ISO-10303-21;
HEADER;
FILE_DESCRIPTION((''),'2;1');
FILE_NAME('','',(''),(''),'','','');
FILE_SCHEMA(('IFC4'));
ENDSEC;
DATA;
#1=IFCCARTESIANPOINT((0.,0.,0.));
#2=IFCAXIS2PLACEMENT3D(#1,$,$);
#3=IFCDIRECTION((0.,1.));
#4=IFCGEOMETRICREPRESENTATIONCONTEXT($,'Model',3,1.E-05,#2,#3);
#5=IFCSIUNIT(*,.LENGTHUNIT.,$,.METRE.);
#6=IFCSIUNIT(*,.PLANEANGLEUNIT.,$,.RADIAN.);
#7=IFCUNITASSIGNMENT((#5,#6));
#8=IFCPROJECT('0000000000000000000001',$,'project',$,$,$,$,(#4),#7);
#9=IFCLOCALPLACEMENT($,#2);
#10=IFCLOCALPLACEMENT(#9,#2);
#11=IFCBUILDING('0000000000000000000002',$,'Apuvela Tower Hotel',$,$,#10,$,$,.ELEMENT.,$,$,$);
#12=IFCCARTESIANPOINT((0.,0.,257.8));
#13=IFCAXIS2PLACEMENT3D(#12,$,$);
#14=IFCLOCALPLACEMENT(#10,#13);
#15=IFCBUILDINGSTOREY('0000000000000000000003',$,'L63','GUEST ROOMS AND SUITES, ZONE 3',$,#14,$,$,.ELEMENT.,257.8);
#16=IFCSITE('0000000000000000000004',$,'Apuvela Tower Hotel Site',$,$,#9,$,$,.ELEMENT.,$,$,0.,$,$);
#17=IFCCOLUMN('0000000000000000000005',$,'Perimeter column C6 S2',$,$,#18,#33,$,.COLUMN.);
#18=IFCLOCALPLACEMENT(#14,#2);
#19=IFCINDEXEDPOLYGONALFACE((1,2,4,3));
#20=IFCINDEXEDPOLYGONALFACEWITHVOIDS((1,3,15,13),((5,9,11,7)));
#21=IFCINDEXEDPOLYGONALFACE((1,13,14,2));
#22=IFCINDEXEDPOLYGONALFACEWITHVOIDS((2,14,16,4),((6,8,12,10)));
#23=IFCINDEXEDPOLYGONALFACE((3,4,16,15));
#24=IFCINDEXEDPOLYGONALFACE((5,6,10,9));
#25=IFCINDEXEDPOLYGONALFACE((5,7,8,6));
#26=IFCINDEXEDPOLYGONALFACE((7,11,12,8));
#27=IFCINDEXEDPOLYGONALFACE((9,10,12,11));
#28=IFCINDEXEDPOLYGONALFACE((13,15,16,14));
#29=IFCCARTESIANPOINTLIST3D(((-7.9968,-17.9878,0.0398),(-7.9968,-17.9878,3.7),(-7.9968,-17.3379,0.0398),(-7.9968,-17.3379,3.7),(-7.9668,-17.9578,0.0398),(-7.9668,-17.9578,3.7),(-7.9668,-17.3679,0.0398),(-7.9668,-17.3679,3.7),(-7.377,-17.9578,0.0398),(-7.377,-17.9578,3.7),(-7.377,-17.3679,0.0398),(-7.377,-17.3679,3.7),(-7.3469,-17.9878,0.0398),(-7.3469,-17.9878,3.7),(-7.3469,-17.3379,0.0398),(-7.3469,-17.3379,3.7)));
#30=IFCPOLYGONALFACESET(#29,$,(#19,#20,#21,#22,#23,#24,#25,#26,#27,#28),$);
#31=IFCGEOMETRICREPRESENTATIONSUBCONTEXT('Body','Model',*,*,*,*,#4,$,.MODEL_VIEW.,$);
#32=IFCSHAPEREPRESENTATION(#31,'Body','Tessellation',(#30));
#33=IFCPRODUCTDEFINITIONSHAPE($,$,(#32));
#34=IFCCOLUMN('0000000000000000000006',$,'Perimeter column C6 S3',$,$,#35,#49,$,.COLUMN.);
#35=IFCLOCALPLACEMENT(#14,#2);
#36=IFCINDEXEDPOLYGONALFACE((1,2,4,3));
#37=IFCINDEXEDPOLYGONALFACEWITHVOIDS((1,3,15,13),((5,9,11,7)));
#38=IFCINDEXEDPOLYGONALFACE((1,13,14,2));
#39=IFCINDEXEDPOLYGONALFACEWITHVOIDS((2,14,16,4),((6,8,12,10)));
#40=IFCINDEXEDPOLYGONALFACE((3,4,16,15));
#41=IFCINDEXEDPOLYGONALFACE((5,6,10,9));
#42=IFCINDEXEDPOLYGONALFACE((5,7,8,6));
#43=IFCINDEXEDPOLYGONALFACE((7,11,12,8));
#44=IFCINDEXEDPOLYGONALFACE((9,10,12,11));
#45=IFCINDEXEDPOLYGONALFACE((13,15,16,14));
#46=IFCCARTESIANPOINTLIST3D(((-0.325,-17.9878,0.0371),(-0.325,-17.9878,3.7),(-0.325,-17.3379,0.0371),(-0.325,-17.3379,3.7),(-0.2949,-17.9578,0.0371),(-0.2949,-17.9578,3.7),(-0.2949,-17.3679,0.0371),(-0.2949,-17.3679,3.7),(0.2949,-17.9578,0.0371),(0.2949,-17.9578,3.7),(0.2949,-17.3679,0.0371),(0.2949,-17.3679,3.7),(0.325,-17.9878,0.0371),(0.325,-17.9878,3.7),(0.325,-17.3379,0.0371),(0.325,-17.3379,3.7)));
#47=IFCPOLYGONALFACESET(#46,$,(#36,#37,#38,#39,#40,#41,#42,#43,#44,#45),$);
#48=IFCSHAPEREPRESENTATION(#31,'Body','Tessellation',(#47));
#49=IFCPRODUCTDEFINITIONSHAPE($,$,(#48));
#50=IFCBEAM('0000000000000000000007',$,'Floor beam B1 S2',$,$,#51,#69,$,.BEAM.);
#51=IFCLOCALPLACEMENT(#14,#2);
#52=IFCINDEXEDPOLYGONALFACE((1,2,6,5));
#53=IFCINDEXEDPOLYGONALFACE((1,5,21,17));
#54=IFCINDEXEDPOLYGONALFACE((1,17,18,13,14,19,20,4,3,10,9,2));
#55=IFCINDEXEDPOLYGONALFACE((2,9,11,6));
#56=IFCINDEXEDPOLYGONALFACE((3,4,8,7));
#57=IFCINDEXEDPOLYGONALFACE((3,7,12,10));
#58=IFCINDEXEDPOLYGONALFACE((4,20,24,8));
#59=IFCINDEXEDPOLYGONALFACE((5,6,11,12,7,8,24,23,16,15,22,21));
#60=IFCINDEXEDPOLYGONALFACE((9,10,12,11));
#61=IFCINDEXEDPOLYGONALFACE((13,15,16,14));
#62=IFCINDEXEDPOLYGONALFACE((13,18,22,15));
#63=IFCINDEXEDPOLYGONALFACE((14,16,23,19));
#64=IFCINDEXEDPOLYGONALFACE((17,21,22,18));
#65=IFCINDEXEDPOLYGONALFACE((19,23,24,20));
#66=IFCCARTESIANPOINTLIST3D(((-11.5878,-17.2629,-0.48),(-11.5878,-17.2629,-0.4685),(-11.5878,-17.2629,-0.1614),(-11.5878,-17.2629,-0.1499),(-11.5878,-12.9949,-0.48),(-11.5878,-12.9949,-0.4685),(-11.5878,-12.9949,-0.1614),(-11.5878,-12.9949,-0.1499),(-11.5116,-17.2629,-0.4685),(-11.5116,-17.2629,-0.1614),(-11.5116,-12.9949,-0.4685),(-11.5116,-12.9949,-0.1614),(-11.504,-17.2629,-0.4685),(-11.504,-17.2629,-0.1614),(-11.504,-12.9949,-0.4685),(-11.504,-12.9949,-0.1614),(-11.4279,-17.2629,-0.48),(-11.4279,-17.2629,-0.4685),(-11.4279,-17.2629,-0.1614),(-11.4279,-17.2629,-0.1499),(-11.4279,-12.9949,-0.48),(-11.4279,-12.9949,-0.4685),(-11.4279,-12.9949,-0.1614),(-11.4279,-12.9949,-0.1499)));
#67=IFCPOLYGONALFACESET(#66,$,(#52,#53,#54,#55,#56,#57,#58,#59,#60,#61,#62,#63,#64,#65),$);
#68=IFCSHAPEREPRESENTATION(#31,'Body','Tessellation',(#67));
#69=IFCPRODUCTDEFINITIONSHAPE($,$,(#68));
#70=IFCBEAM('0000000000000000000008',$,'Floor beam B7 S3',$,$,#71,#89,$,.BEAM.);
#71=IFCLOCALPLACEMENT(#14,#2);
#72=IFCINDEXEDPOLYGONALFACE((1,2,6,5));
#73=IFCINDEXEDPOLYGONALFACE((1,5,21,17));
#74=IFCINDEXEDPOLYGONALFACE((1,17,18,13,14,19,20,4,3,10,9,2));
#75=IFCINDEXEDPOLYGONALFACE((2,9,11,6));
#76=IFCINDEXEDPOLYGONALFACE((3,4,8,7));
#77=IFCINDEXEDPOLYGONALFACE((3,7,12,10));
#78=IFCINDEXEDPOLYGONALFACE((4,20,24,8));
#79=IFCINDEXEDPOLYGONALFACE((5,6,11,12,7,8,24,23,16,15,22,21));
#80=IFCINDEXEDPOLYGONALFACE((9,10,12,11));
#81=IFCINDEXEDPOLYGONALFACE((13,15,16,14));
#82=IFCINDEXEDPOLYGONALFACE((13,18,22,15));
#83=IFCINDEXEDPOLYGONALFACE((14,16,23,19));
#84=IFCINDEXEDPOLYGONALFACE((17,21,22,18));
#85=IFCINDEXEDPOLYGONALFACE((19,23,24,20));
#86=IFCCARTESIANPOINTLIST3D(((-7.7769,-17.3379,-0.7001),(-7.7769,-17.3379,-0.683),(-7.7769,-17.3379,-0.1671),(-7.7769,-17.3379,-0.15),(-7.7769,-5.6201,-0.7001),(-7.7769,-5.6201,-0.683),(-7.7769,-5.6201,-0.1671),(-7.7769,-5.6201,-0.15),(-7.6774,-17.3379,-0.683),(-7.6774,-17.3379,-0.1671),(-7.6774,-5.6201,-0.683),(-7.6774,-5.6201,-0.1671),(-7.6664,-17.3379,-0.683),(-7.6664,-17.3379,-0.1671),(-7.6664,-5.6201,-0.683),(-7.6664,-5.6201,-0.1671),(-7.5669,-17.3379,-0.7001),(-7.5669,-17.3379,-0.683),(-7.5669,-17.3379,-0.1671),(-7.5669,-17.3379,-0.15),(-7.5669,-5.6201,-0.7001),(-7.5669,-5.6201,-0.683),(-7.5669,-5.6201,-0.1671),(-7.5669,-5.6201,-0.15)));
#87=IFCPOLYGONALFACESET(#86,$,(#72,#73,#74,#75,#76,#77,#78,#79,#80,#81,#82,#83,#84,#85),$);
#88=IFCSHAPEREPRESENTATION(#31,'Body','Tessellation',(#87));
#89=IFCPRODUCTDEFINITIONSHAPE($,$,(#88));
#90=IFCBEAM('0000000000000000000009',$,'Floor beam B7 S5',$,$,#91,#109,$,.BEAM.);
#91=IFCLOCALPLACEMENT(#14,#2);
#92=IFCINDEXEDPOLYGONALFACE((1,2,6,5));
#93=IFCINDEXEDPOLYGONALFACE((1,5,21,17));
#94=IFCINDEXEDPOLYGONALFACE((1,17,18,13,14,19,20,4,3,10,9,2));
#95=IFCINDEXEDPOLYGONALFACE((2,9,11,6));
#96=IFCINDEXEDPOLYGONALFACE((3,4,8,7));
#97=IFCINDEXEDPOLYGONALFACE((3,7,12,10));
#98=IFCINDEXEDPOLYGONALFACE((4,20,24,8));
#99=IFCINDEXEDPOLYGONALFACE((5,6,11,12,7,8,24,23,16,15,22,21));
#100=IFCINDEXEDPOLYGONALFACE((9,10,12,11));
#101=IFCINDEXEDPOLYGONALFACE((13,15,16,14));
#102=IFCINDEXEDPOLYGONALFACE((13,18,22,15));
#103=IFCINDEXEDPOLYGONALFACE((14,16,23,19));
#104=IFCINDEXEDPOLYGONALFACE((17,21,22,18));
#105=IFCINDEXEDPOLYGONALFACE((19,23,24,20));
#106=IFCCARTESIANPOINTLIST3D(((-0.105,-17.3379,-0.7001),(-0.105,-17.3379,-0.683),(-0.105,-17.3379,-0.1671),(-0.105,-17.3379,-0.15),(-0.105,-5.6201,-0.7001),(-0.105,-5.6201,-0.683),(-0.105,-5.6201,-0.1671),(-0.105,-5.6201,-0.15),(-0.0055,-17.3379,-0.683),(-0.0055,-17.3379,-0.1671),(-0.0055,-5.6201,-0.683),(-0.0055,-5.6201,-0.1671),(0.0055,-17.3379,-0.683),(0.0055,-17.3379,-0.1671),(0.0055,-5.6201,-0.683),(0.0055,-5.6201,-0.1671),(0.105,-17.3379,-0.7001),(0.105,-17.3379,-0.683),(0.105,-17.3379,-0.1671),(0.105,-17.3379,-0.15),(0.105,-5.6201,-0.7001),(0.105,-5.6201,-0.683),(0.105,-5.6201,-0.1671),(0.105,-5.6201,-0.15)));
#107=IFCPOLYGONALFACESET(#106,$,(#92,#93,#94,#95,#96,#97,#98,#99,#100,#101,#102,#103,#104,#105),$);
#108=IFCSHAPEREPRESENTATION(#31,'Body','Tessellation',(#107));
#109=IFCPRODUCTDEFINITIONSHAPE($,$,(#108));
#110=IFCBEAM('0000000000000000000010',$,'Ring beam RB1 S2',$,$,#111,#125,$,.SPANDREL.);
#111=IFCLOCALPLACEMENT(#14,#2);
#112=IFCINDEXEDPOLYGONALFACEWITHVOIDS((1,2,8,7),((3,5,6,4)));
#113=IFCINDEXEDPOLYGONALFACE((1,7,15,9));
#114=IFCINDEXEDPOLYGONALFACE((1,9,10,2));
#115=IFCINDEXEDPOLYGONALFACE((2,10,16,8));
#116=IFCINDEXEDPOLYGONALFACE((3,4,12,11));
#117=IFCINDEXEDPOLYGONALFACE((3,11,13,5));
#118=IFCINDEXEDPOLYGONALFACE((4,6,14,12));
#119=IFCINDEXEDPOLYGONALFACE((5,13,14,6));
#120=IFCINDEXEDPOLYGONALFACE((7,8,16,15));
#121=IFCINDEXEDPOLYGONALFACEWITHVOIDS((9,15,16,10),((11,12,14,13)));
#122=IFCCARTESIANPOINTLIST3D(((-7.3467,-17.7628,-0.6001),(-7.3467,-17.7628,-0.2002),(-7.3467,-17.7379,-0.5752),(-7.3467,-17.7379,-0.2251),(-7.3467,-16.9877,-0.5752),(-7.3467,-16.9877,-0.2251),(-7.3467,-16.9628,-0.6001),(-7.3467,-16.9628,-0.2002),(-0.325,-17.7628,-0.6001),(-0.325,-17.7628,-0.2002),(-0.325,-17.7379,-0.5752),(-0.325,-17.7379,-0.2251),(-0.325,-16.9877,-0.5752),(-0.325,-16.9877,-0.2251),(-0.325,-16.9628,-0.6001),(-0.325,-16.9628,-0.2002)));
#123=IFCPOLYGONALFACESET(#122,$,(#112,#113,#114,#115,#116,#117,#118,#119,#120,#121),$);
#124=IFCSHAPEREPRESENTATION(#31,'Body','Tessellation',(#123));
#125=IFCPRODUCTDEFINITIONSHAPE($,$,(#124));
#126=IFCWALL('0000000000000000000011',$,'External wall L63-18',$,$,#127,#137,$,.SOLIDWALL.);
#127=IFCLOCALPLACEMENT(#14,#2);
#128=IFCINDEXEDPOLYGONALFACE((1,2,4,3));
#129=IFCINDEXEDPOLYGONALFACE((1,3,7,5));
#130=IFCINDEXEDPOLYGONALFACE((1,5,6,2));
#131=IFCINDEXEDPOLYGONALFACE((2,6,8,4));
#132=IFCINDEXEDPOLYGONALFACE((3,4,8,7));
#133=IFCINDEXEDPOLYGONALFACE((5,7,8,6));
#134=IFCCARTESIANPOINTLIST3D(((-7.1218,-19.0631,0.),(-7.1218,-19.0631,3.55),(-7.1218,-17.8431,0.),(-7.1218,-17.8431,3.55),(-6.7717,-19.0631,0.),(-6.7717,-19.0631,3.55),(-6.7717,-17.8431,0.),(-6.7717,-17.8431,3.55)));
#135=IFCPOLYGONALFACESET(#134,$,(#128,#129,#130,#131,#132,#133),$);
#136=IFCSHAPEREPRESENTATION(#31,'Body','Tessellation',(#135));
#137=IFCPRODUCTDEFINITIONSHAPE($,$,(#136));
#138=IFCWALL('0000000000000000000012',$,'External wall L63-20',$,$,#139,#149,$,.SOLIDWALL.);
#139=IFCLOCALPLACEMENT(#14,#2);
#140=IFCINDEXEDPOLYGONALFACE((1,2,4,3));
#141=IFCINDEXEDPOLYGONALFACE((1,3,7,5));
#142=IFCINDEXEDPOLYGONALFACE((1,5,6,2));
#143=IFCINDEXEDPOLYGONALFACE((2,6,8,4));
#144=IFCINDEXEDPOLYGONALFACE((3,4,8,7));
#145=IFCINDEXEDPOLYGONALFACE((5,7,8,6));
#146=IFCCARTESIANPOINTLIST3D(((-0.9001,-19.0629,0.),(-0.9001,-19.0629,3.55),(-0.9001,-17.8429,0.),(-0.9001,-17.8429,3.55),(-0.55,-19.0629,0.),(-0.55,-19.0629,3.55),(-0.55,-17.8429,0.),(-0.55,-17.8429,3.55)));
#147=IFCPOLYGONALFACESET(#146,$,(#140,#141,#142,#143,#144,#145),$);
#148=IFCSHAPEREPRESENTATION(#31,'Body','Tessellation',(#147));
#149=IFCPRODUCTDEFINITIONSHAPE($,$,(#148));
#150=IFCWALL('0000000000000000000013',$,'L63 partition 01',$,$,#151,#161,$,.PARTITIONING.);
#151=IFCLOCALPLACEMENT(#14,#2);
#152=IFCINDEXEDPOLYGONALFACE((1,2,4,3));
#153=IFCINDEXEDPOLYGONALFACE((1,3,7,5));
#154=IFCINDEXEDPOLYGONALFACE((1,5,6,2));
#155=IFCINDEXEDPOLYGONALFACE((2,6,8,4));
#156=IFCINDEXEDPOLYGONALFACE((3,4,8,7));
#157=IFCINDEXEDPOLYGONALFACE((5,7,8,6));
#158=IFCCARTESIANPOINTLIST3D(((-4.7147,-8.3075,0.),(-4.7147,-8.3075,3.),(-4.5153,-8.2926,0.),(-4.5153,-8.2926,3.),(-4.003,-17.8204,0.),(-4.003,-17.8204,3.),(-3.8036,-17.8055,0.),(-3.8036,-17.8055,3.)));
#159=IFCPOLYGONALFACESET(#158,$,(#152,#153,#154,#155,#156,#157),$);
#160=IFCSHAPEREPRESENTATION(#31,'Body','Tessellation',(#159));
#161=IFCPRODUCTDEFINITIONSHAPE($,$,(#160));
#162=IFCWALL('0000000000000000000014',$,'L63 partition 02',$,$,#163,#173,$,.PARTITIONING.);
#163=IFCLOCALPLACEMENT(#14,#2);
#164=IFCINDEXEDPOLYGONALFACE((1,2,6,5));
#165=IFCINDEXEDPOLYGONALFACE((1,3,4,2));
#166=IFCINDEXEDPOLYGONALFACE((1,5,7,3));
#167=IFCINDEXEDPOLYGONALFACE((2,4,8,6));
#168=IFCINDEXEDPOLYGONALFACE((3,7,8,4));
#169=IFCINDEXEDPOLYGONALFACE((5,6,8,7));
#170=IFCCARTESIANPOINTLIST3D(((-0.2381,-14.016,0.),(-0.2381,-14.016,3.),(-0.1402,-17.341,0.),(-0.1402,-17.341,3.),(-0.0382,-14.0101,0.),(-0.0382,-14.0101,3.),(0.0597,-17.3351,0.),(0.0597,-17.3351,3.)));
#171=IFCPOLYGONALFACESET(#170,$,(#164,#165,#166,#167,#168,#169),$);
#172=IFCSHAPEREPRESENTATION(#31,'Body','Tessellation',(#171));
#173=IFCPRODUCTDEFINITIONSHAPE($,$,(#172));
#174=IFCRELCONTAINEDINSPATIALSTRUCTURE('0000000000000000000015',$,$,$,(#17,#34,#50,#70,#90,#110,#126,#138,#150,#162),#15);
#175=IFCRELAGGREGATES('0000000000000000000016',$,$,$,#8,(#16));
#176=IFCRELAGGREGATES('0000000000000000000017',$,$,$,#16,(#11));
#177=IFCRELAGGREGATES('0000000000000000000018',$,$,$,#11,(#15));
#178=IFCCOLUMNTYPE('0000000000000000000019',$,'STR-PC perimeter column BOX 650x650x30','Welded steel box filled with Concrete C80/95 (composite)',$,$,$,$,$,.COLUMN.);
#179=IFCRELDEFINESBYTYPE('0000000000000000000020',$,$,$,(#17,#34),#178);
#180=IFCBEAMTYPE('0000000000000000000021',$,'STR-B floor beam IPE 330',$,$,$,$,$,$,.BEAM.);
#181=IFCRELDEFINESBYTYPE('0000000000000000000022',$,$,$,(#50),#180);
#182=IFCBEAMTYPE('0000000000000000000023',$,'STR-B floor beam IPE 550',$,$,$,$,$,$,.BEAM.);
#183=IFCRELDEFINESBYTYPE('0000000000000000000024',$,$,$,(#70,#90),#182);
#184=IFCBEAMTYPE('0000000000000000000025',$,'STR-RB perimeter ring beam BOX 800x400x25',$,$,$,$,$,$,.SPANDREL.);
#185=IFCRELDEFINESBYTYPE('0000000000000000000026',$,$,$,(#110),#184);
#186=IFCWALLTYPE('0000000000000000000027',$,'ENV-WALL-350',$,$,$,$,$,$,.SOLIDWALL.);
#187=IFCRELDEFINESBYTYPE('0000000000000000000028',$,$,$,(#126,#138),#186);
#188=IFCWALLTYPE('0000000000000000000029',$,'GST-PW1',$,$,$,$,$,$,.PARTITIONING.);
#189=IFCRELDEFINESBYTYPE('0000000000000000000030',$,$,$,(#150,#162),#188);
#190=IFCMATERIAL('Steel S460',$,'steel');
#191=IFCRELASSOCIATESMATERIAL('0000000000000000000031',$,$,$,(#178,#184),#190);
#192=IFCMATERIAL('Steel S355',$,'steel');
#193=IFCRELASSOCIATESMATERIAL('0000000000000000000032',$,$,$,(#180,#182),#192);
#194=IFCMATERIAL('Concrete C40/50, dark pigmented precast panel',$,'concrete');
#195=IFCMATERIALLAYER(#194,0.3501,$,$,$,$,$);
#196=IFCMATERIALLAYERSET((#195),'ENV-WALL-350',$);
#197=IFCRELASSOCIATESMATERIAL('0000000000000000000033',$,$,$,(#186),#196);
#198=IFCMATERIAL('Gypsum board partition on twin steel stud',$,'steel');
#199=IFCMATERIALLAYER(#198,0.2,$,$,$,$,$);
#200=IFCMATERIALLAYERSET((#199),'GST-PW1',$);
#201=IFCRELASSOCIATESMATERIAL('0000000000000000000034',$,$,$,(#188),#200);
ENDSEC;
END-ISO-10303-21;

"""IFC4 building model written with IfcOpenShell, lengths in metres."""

from ifc_helpers import new_model, si_unit, direction, frame, frame_2d, origin, origin_2d, place, context, subcontext, project, spatial, rectangle, hollow_rectangle, i_section, extrude, boolean, halfspace, material, layer, layer_set, material_profile, profile_set, type_object, element, save


model = new_model("IFC4")

# Units and contexts
model_context = context("Model", 3, precision=1e-05, world=origin(), true_north=direction((0.0, 1.0)))
body_context = subcontext(model_context, "Body", "Model", "MODEL_VIEW")
ifc_project = project(units=[si_unit("LENGTHUNIT", "METRE"), si_unit("PLANEANGLEUNIT", "RADIAN")], contexts=[model_context])

# Site, building, storey
site_placement = place(None, origin())
site = spatial("IfcSite", under=ifc_project, at=site_placement, Name="Apuvela Tower Hotel Site", CompositionType="ELEMENT", RefElevation=0.0)
building_placement = place(site_placement, origin())
building = spatial("IfcBuilding", under=site, at=building_placement, Name="Apuvela Tower Hotel", CompositionType="ELEMENT")
storey_placement = place(building_placement, frame((0.0, 0.0, 257.8)))
storey = spatial("IfcBuildingStorey", under=building, at=storey_placement, Name="L63", Description="GUEST ROOMS AND SUITES, ZONE 3", CompositionType="ELEMENT", Elevation=257.8)

# Columns
ifc_material_1 = material(Name="Steel S460", Category="steel")
ifc_material_profile_1 = material_profile(ifc_material_1, hollow_rectangle(XDim=0.6499, YDim=0.6499, WallThickness=0.03, at=origin_2d()), Name="BOX 650x650x30")
ifc_material_2 = material(Name="Concrete C80/95", Category="concrete")
ifc_material_profile_2 = material_profile(ifc_material_2, rectangle(XDim=0.5901, YDim=0.5901, at=origin_2d()), Name="Concrete C80/95 infill")
ifc_profile_set_1 = profile_set([ifc_material_profile_1, ifc_material_profile_2], Name="Steel S460")
column_type = type_object("IfcColumnType", Name="STR-PC perimeter column BOX 650x650x30", Description="Welded steel box filled with Concrete C80/95 (composite)", PredefinedType="COLUMN", material=ifc_profile_set_1)
column_1_placement = place(storey_placement, frame((-7.6719, -17.6628, 0.0), z_axis=(0.0, 0.0, 1.0), x_axis=(-1.0, 0.0, 0.0)))
element("IfcColumn", 1, at=column_1_placement, inside=storey, type_object=column_type, Name="Perimeter column C6 S2", PredefinedType="COLUMN", context=body_context, shape_type="SweptSolid", body=[
    boolean("DIFFERENCE", extrude(hollow_rectangle(XDim=0.6499, YDim=0.6499, WallThickness=0.03, at=origin_2d()), origin(), (0.0, 0.0, 1.0), 3.7), halfspace(frame((0.0, 0.0, 0.0398), z_axis=(0.0, 0.0, 1.0), x_axis=(1.0, 0.0, 0.0)), True)),
])
column_2_placement = place(storey_placement, frame((0.0, -17.6628, 0.0), z_axis=(0.0, 0.0, 1.0), x_axis=(-1.0, 0.0, 0.0)))
element("IfcColumn", 2, at=column_2_placement, inside=storey, type_object=column_type, Name="Perimeter column C6 S3", PredefinedType="COLUMN", context=body_context, shape_type="SweptSolid", body=[
    boolean("DIFFERENCE", extrude(hollow_rectangle(XDim=0.6499, YDim=0.6499, WallThickness=0.03, at=origin_2d()), origin(), (0.0, 0.0, 1.0), 3.7), halfspace(frame((0.0, 0.0, 0.0371), z_axis=(0.0, 0.0, 1.0), x_axis=(1.0, 0.0, 0.0)), True)),
])

# Beams
ifc_material_3 = material(Name="Steel S355", Category="steel")
ifc_material_profile_3 = material_profile(ifc_material_3, i_section(OverallWidth=0.1599, OverallDepth=0.3301, WebThickness=0.0076, FlangeThickness=0.0115, at=origin_2d()), Name="IPE 330")
ifc_profile_set_2 = profile_set([ifc_material_profile_3], Name="Steel S355")
beam_type_1 = type_object("IfcBeamType", Name="STR-B floor beam IPE 330", PredefinedType="BEAM", material=ifc_profile_set_2)
beam_1_placement = place(storey_placement, frame((-11.5078, -17.2629, -0.3149), z_axis=(0.0, 1.0, 0.0), x_axis=(-1.0, 0.0, 0.0)))
element("IfcBeam", 3, at=beam_1_placement, inside=storey, type_object=beam_type_1, Name="Floor beam B1 S2", PredefinedType="BEAM", context=body_context, shape_type="SweptSolid", body=[
    extrude(i_section(OverallWidth=0.1599, OverallDepth=0.3301, WebThickness=0.0076, FlangeThickness=0.0115, at=origin_2d()), origin(), (0.0, 0.0, 1.0), 4.2681),
])
ifc_material_profile_4 = material_profile(ifc_material_3, i_section(OverallWidth=0.21, OverallDepth=0.55, WebThickness=0.011, FlangeThickness=0.0171, at=origin_2d()), Name="IPE 550")
ifc_profile_set_3 = profile_set([ifc_material_profile_4], Name="Steel S355")
beam_type_2 = type_object("IfcBeamType", Name="STR-B floor beam IPE 550", PredefinedType="BEAM", material=ifc_profile_set_3)
for number, where, z_axis, x_axis, name in (
    (4, (-7.6719, -17.3379, -0.425), (0.0, 1.0, 0.0), (-1.0, 0.0, 0.0), "Floor beam B7 S3"),
    (5, (0.0, -17.3379, -0.425), (0.0, 1.0, 0.0), (-1.0, 0.0, 0.0), "Floor beam B7 S5"),
):
    element("IfcBeam", number, at=place(storey_placement, frame(where, z_axis=z_axis, x_axis=x_axis)), inside=storey, type_object=beam_type_2, Name=name, PredefinedType="BEAM", context=body_context, shape_type="SweptSolid", body=[
        extrude(i_section(OverallWidth=0.21, OverallDepth=0.55, WebThickness=0.011, FlangeThickness=0.0171, at=origin_2d()), origin(), (0.0, 0.0, 1.0), 11.7178),
    ])
ifc_material_profile_5 = material_profile(ifc_material_1, hollow_rectangle(XDim=0.8, YDim=0.3999, WallThickness=0.0249, at=origin_2d()), Name="BOX 800x400x25")
ifc_profile_set_4 = profile_set([ifc_material_profile_5], Name="Steel S460")
beam_type_3 = type_object("IfcBeamType", Name="STR-RB perimeter ring beam BOX 800x400x25", PredefinedType="SPANDREL", material=ifc_profile_set_4)
beam_2_placement = place(storey_placement, frame((-7.3467, -17.3628, -0.4001), z_axis=(1.0, 0.0, 0.0), x_axis=(0.0, 1.0, 0.0)))
element("IfcBeam", 6, at=beam_2_placement, inside=storey, type_object=beam_type_3, Name="Ring beam RB1 S2", PredefinedType="SPANDREL", context=body_context, shape_type="SweptSolid", body=[
    extrude(hollow_rectangle(XDim=0.8, YDim=0.3999, WallThickness=0.0249, at=origin_2d()), origin(), (0.0, 0.0, 1.0), 7.0217),
])

# Wall
ifc_material_4 = material(Name="Concrete C40/50, dark pigmented precast panel", Category="concrete")
ifc_layer_1 = layer(ifc_material_4, 0.3501)
ifc_layer_set_1 = layer_set([ifc_layer_1], Name="ENV-WALL-350")
wall_type_1 = type_object("IfcWallType", Name="ENV-WALL-350", PredefinedType="SOLIDWALL", material=ifc_layer_set_1)
wall_1_placement = place(storey_placement, frame((-6.9468, -19.063, 0.0), z_axis=(0.0, 0.0, 1.0), x_axis=(0.0, 1.0, 0.0)))
element("IfcWall", 7, at=wall_1_placement, inside=storey, type_object=wall_type_1, Name="External wall L63-18", PredefinedType="SOLIDWALL", context=body_context, shape_type="SweptSolid", body=[
    extrude(rectangle(XDim=1.22, YDim=0.3501, at=frame_2d((0.6099, 0.0))), origin(), (0.0, 0.0, 1.0), 3.55),
])

# Wall
wall_2_placement = place(storey_placement, frame((-0.7251, -17.843, 0.0), z_axis=(0.0, 0.0, 1.0), x_axis=(0.0, -1.0, 0.0)))
element("IfcWall", 8, at=wall_2_placement, inside=storey, type_object=wall_type_1, Name="External wall L63-20", PredefinedType="SOLIDWALL", context=body_context, shape_type="SweptSolid", body=[
    extrude(rectangle(XDim=1.22, YDim=0.3501, at=frame_2d((0.6099, 0.0))), origin(), (0.0, 0.0, 1.0), 3.55),
])

# Walls
ifc_material_5 = material(Name="Gypsum board partition on twin steel stud", Category="steel")
ifc_layer_2 = layer(ifc_material_5, 0.2)
ifc_layer_set_2 = layer_set([ifc_layer_2], Name="GST-PW1")
wall_type_2 = type_object("IfcWallType", Name="GST-PW1", PredefinedType="PARTITIONING", material=ifc_layer_set_2)
wall_3_placement = place(storey_placement, frame((-3.9033, -17.813, 0.0), z_axis=(0.0, 0.0, 1.0), x_axis=(-0.074602, 0.997213, 0.0)))
element("IfcWall", 9, at=wall_3_placement, inside=storey, type_object=wall_type_2, Name="L63 partition 01", PredefinedType="PARTITIONING", context=body_context, shape_type="SweptSolid", body=[
    extrude(rectangle(XDim=9.5396, YDim=0.2, at=frame_2d((4.7698, 0.0))), origin(), (0.0, 0.0, 1.0), 3.0),
])
wall_4_placement = place(storey_placement, frame((-0.0403, -17.3379, 0.0), z_axis=(0.0, 0.0, 1.0), x_axis=(-0.029431, 0.999567, 0.0)))
element("IfcWall", 10, at=wall_4_placement, inside=storey, type_object=wall_type_2, Name="L63 partition 02", PredefinedType="PARTITIONING", context=body_context, shape_type="SweptSolid", body=[
    extrude(rectangle(XDim=3.3264, YDim=0.2, at=frame_2d((1.6631, 0.0))), origin(), (0.0, 0.0, 1.0), 3.0),
])

save(model, "model.ifc")
